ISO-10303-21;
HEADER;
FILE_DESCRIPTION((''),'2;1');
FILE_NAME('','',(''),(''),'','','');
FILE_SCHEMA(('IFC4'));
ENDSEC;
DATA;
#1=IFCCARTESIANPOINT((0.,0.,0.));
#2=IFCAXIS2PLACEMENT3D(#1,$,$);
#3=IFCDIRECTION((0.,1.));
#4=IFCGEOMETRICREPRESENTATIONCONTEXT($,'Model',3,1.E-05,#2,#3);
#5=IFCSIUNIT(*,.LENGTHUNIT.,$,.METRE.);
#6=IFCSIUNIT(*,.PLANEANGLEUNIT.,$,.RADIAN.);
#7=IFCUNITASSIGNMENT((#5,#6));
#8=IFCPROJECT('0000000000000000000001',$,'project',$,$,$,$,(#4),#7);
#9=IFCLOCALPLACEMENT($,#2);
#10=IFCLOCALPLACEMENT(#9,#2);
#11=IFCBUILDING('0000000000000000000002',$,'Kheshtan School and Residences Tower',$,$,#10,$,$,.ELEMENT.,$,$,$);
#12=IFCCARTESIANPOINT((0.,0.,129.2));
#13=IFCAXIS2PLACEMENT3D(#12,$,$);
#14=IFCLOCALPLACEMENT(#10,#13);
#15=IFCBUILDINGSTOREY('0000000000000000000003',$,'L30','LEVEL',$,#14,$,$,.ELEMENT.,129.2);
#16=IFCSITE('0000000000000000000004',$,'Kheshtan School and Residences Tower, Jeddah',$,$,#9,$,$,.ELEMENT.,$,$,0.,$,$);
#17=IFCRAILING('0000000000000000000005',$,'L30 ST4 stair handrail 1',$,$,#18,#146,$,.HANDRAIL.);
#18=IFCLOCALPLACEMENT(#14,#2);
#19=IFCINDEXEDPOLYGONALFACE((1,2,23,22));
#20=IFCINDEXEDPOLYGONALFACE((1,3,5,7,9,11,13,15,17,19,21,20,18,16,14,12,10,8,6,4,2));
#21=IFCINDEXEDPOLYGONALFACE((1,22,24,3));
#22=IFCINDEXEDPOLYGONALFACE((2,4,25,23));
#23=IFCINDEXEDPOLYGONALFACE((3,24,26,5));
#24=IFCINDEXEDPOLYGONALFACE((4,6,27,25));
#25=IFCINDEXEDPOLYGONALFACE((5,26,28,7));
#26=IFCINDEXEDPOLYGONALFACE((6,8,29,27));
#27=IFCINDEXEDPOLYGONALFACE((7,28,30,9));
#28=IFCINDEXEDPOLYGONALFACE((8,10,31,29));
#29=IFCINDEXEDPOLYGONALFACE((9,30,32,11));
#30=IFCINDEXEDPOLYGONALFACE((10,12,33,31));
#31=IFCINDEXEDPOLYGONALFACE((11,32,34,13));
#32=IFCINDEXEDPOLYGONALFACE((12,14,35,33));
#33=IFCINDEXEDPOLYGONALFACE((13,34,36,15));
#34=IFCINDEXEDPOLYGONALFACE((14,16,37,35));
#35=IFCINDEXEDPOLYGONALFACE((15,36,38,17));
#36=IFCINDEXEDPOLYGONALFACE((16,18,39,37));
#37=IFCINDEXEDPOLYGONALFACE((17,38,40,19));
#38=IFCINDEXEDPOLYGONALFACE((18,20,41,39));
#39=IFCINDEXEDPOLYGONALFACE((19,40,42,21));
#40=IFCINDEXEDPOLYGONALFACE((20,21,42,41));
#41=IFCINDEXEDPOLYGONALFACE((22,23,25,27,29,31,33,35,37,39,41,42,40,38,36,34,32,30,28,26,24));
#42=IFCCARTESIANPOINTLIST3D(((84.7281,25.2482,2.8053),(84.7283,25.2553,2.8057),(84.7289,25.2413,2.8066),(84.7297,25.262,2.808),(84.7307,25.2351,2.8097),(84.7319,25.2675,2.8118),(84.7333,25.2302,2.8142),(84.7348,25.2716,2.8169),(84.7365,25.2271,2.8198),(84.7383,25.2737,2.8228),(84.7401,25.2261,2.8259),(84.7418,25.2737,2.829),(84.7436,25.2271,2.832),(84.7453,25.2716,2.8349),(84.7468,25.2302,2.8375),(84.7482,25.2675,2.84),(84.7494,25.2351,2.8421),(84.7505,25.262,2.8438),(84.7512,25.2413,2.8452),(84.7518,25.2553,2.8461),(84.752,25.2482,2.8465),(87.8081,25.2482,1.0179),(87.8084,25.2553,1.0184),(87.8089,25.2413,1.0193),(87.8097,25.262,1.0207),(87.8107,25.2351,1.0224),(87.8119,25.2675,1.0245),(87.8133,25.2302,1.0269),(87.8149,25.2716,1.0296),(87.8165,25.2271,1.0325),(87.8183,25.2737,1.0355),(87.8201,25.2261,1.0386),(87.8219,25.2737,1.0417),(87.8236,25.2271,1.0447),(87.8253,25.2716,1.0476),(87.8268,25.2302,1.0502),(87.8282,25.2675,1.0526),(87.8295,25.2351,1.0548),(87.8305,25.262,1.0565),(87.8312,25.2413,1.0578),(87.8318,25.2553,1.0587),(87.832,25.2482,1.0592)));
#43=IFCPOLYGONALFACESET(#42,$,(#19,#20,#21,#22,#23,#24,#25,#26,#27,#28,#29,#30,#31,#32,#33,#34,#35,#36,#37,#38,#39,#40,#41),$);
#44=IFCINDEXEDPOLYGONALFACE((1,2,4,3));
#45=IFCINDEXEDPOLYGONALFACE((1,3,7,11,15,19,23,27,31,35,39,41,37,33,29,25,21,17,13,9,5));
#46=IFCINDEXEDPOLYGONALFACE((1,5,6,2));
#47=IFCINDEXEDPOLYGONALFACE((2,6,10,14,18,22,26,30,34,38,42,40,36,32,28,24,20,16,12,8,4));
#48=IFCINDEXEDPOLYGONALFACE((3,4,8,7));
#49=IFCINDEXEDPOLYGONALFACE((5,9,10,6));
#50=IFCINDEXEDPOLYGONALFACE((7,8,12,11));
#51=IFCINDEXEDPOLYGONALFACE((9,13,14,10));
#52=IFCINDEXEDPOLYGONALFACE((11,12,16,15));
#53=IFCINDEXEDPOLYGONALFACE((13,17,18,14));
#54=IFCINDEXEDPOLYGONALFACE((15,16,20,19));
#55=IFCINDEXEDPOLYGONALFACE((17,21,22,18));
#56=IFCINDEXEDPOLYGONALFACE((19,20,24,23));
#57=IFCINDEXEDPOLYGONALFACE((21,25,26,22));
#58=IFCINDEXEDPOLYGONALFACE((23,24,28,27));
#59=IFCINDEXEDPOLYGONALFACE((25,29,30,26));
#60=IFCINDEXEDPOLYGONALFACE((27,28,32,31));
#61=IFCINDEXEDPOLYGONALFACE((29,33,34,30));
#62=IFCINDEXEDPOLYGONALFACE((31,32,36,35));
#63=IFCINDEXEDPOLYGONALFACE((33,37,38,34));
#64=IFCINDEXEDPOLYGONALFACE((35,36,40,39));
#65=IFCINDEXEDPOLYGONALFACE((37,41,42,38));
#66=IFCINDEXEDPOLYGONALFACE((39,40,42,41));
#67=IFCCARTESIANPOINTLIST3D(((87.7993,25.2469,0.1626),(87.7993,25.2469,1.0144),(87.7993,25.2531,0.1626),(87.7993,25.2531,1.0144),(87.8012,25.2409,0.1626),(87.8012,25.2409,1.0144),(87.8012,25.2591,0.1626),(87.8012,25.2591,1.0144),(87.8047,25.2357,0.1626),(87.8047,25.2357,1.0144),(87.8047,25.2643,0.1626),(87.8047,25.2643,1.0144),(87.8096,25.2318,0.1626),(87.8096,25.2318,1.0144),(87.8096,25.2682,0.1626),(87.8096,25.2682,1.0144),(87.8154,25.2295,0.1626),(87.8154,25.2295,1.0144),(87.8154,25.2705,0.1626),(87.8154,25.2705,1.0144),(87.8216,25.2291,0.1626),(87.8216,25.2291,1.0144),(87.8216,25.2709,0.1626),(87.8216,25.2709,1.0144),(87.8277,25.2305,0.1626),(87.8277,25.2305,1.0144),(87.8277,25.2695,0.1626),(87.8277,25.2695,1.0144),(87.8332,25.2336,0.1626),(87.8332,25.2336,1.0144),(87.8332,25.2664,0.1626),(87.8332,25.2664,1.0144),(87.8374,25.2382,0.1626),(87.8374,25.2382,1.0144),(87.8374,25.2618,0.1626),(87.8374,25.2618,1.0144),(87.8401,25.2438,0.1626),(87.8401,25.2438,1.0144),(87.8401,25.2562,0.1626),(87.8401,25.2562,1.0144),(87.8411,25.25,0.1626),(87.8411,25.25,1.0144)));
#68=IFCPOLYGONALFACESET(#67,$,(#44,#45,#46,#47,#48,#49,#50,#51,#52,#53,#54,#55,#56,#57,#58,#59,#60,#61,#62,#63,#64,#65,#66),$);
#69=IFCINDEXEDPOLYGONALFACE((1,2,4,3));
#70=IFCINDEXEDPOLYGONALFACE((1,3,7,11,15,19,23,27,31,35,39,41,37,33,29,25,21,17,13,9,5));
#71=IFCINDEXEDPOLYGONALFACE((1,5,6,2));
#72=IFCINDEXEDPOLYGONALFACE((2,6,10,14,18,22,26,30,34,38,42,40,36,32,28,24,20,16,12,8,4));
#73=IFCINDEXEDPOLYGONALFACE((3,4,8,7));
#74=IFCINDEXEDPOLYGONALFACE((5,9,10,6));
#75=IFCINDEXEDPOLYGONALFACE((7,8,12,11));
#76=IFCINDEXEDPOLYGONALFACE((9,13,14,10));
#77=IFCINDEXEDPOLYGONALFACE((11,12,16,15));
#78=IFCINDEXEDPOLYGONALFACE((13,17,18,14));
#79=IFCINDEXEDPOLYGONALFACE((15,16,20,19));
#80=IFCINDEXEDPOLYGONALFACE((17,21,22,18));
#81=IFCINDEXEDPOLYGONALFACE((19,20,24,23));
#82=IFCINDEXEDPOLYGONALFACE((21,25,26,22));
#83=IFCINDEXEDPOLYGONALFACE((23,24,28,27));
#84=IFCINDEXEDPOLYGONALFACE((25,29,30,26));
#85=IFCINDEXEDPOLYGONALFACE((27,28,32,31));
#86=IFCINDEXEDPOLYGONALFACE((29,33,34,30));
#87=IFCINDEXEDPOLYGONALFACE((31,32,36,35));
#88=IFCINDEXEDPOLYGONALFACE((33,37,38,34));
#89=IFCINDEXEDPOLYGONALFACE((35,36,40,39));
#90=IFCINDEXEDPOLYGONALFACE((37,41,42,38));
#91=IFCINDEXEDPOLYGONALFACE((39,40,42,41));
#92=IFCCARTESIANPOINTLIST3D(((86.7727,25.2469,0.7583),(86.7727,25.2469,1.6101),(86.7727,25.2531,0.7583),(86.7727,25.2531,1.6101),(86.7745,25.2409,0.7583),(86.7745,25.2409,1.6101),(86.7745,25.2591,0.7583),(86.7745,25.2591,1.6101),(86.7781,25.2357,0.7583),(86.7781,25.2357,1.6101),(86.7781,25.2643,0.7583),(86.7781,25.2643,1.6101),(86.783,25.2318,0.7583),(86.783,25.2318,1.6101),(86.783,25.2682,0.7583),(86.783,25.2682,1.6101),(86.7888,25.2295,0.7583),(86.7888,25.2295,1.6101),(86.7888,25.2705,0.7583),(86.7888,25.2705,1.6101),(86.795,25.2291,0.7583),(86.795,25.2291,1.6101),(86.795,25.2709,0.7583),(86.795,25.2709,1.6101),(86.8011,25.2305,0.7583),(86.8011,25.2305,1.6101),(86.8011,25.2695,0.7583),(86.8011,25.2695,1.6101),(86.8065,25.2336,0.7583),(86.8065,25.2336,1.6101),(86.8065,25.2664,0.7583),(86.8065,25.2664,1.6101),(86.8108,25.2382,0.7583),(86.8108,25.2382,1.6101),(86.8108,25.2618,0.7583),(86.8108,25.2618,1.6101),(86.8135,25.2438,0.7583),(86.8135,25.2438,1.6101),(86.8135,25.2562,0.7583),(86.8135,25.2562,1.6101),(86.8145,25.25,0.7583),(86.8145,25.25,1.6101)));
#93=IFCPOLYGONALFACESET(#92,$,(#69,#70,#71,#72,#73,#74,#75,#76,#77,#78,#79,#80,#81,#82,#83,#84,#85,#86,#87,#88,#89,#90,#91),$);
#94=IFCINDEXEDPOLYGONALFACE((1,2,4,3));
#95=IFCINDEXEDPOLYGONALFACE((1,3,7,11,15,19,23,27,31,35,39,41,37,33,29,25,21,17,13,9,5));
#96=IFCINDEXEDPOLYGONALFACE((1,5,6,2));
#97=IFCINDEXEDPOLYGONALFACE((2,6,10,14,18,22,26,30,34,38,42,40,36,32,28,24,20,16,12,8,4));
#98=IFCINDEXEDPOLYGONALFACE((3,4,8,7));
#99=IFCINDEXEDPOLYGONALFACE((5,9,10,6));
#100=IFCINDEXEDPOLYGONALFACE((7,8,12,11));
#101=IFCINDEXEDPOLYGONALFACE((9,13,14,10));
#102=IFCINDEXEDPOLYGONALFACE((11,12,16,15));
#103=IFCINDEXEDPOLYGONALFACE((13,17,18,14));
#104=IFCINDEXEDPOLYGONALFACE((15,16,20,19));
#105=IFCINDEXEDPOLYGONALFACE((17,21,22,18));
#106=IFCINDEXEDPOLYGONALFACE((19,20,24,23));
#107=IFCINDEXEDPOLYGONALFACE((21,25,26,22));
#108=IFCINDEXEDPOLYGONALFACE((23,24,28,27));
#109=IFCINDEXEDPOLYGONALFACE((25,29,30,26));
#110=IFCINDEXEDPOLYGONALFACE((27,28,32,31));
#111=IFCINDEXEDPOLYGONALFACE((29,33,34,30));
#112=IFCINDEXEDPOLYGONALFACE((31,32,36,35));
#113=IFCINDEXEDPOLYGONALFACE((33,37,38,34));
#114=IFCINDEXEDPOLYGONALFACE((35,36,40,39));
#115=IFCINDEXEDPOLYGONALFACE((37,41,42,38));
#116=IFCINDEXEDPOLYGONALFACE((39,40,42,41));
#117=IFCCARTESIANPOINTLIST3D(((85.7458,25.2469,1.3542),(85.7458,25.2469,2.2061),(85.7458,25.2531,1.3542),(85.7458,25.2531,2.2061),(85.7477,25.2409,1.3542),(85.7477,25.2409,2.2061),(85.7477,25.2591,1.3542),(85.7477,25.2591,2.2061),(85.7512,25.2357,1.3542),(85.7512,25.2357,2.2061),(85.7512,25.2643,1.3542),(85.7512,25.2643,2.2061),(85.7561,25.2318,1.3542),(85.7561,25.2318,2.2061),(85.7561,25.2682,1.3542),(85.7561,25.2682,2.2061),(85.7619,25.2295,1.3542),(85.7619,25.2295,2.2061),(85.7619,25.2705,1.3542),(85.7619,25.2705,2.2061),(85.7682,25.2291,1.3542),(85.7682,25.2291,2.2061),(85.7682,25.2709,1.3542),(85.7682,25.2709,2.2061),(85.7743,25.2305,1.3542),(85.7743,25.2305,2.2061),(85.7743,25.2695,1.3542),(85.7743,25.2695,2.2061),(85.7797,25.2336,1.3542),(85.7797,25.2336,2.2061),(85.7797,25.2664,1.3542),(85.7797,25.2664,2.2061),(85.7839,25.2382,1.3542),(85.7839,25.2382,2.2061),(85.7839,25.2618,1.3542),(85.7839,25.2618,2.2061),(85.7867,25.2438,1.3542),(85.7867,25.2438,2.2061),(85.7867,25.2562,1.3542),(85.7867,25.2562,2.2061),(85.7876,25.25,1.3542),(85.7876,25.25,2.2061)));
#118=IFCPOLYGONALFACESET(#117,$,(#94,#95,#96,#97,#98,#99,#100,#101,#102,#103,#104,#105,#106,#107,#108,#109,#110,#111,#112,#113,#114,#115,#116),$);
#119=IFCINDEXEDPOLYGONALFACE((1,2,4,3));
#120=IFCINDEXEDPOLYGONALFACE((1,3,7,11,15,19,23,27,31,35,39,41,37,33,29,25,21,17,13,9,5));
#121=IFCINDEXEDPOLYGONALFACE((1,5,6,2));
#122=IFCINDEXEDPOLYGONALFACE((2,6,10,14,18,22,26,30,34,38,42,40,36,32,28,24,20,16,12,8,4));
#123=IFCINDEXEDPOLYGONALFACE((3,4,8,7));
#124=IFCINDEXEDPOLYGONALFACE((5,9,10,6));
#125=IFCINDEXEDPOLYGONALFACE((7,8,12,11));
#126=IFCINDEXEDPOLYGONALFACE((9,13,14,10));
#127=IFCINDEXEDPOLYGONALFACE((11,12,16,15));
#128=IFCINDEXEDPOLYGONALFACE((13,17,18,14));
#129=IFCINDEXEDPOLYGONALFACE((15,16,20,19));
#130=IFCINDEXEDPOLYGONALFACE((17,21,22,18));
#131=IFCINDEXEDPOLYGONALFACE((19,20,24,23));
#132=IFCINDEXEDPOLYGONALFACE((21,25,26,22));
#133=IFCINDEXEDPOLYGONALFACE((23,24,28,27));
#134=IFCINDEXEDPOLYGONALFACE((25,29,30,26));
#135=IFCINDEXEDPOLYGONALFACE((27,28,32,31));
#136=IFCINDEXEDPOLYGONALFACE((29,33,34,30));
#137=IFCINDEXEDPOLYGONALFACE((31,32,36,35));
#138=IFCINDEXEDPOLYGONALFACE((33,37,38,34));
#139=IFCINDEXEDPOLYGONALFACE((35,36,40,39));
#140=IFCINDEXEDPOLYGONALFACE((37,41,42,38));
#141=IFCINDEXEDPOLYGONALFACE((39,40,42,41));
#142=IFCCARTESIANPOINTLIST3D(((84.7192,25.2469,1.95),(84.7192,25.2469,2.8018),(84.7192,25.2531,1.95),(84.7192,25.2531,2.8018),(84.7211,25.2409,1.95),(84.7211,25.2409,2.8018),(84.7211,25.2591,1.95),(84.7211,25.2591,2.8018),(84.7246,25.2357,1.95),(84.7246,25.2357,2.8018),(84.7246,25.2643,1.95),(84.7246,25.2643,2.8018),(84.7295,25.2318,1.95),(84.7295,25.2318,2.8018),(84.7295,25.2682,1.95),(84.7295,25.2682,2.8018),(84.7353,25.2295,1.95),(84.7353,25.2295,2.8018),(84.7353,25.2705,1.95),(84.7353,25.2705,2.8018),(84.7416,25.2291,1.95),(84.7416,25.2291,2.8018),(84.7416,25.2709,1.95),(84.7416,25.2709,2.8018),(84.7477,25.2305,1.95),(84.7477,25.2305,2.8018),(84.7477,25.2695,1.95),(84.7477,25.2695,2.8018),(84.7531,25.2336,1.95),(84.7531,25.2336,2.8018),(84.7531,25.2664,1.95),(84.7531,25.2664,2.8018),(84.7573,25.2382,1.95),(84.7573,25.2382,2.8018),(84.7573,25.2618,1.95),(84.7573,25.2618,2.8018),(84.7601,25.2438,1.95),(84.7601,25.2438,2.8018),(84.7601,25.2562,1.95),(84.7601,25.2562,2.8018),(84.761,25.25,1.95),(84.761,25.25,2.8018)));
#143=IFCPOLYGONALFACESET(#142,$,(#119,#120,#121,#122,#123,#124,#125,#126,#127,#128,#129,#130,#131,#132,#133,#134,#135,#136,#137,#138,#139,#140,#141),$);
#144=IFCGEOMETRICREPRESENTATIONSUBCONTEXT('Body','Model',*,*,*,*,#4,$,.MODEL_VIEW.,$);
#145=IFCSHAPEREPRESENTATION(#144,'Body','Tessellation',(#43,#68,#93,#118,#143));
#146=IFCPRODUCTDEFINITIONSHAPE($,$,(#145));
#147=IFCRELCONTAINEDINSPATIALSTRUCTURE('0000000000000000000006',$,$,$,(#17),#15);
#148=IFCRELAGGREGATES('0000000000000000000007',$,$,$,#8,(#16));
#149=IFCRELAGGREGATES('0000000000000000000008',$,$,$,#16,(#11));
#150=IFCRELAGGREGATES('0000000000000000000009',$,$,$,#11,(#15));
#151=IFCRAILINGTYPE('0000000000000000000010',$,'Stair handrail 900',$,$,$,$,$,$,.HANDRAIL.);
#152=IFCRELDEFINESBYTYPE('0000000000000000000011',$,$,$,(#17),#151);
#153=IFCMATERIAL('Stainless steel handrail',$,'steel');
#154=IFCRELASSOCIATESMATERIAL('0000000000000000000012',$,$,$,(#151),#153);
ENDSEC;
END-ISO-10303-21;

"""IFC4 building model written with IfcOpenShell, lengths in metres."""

from ifc_helpers import new_model, si_unit, direction, frame, origin, origin_2d, place, context, subcontext, project, spatial, circle, extrude, material, type_object, element, save


model = new_model("IFC4")

# Units and contexts
model_context = context("Model", 3, precision=1e-05, world=origin(), true_north=direction((0.0, 1.0)))
body_context = subcontext(model_context, "Body", "Model", "MODEL_VIEW")
ifc_project = project(units=[si_unit("LENGTHUNIT", "METRE"), si_unit("PLANEANGLEUNIT", "RADIAN")], contexts=[model_context])

# Site, building, storey
site_placement = place(None, origin())
site = spatial("IfcSite", under=ifc_project, at=site_placement, Name="Kheshtan School and Residences Tower, Jeddah", CompositionType="ELEMENT", RefElevation=0.0)
building_placement = place(site_placement, origin())
building = spatial("IfcBuilding", under=site, at=building_placement, Name="Kheshtan School and Residences Tower", CompositionType="ELEMENT")
storey_placement = place(building_placement, frame((0.0, 0.0, 129.2)))
storey = spatial("IfcBuildingStorey", under=building, at=storey_placement, Name="L30", Description="LEVEL", CompositionType="ELEMENT", Elevation=129.2)

# Railing
ifc_material_1 = material(Name="Stainless steel handrail", Category="steel")
railing_type_1 = type_object("IfcRailingType", Name="Stair handrail 900", PredefinedType="HANDRAIL", material=ifc_material_1)
railing_1_placement = place(storey_placement, frame((87.8201, 25.25, 0.1626)))
element("IfcRailing", 1, at=railing_1_placement, inside=storey, type_object=railing_type_1, Name="L30 ST4 stair handrail 1", PredefinedType="HANDRAIL", context=body_context, shape_type="SweptSolid", body=[
    extrude(circle(Radius=0.0239, at=origin_2d()), frame((0.0, 0.0, 0.876), z_axis=(-0.86492, 0.0, 0.501909), x_axis=(0.0, -1.0, 0.0)), (0.0, 0.0, 1.0), 3.561),
    extrude(circle(Radius=0.021, at=origin_2d()), origin(), (0.0, 0.0, 1.0), 0.8518),
    extrude(circle(Radius=0.021, at=origin_2d()), frame((-1.0266, 0.0, 0.5957)), (0.0, 0.0, 1.0), 0.8518),
    extrude(circle(Radius=0.021, at=origin_2d()), frame((-2.0535, 0.0, 1.1917)), (0.0, 0.0, 1.0), 0.8518),
    extrude(circle(Radius=0.021, at=origin_2d()), frame((-3.0801, 0.0, 1.7874)), (0.0, 0.0, 1.0), 0.8518),
])

save(model, "model.ifc")
